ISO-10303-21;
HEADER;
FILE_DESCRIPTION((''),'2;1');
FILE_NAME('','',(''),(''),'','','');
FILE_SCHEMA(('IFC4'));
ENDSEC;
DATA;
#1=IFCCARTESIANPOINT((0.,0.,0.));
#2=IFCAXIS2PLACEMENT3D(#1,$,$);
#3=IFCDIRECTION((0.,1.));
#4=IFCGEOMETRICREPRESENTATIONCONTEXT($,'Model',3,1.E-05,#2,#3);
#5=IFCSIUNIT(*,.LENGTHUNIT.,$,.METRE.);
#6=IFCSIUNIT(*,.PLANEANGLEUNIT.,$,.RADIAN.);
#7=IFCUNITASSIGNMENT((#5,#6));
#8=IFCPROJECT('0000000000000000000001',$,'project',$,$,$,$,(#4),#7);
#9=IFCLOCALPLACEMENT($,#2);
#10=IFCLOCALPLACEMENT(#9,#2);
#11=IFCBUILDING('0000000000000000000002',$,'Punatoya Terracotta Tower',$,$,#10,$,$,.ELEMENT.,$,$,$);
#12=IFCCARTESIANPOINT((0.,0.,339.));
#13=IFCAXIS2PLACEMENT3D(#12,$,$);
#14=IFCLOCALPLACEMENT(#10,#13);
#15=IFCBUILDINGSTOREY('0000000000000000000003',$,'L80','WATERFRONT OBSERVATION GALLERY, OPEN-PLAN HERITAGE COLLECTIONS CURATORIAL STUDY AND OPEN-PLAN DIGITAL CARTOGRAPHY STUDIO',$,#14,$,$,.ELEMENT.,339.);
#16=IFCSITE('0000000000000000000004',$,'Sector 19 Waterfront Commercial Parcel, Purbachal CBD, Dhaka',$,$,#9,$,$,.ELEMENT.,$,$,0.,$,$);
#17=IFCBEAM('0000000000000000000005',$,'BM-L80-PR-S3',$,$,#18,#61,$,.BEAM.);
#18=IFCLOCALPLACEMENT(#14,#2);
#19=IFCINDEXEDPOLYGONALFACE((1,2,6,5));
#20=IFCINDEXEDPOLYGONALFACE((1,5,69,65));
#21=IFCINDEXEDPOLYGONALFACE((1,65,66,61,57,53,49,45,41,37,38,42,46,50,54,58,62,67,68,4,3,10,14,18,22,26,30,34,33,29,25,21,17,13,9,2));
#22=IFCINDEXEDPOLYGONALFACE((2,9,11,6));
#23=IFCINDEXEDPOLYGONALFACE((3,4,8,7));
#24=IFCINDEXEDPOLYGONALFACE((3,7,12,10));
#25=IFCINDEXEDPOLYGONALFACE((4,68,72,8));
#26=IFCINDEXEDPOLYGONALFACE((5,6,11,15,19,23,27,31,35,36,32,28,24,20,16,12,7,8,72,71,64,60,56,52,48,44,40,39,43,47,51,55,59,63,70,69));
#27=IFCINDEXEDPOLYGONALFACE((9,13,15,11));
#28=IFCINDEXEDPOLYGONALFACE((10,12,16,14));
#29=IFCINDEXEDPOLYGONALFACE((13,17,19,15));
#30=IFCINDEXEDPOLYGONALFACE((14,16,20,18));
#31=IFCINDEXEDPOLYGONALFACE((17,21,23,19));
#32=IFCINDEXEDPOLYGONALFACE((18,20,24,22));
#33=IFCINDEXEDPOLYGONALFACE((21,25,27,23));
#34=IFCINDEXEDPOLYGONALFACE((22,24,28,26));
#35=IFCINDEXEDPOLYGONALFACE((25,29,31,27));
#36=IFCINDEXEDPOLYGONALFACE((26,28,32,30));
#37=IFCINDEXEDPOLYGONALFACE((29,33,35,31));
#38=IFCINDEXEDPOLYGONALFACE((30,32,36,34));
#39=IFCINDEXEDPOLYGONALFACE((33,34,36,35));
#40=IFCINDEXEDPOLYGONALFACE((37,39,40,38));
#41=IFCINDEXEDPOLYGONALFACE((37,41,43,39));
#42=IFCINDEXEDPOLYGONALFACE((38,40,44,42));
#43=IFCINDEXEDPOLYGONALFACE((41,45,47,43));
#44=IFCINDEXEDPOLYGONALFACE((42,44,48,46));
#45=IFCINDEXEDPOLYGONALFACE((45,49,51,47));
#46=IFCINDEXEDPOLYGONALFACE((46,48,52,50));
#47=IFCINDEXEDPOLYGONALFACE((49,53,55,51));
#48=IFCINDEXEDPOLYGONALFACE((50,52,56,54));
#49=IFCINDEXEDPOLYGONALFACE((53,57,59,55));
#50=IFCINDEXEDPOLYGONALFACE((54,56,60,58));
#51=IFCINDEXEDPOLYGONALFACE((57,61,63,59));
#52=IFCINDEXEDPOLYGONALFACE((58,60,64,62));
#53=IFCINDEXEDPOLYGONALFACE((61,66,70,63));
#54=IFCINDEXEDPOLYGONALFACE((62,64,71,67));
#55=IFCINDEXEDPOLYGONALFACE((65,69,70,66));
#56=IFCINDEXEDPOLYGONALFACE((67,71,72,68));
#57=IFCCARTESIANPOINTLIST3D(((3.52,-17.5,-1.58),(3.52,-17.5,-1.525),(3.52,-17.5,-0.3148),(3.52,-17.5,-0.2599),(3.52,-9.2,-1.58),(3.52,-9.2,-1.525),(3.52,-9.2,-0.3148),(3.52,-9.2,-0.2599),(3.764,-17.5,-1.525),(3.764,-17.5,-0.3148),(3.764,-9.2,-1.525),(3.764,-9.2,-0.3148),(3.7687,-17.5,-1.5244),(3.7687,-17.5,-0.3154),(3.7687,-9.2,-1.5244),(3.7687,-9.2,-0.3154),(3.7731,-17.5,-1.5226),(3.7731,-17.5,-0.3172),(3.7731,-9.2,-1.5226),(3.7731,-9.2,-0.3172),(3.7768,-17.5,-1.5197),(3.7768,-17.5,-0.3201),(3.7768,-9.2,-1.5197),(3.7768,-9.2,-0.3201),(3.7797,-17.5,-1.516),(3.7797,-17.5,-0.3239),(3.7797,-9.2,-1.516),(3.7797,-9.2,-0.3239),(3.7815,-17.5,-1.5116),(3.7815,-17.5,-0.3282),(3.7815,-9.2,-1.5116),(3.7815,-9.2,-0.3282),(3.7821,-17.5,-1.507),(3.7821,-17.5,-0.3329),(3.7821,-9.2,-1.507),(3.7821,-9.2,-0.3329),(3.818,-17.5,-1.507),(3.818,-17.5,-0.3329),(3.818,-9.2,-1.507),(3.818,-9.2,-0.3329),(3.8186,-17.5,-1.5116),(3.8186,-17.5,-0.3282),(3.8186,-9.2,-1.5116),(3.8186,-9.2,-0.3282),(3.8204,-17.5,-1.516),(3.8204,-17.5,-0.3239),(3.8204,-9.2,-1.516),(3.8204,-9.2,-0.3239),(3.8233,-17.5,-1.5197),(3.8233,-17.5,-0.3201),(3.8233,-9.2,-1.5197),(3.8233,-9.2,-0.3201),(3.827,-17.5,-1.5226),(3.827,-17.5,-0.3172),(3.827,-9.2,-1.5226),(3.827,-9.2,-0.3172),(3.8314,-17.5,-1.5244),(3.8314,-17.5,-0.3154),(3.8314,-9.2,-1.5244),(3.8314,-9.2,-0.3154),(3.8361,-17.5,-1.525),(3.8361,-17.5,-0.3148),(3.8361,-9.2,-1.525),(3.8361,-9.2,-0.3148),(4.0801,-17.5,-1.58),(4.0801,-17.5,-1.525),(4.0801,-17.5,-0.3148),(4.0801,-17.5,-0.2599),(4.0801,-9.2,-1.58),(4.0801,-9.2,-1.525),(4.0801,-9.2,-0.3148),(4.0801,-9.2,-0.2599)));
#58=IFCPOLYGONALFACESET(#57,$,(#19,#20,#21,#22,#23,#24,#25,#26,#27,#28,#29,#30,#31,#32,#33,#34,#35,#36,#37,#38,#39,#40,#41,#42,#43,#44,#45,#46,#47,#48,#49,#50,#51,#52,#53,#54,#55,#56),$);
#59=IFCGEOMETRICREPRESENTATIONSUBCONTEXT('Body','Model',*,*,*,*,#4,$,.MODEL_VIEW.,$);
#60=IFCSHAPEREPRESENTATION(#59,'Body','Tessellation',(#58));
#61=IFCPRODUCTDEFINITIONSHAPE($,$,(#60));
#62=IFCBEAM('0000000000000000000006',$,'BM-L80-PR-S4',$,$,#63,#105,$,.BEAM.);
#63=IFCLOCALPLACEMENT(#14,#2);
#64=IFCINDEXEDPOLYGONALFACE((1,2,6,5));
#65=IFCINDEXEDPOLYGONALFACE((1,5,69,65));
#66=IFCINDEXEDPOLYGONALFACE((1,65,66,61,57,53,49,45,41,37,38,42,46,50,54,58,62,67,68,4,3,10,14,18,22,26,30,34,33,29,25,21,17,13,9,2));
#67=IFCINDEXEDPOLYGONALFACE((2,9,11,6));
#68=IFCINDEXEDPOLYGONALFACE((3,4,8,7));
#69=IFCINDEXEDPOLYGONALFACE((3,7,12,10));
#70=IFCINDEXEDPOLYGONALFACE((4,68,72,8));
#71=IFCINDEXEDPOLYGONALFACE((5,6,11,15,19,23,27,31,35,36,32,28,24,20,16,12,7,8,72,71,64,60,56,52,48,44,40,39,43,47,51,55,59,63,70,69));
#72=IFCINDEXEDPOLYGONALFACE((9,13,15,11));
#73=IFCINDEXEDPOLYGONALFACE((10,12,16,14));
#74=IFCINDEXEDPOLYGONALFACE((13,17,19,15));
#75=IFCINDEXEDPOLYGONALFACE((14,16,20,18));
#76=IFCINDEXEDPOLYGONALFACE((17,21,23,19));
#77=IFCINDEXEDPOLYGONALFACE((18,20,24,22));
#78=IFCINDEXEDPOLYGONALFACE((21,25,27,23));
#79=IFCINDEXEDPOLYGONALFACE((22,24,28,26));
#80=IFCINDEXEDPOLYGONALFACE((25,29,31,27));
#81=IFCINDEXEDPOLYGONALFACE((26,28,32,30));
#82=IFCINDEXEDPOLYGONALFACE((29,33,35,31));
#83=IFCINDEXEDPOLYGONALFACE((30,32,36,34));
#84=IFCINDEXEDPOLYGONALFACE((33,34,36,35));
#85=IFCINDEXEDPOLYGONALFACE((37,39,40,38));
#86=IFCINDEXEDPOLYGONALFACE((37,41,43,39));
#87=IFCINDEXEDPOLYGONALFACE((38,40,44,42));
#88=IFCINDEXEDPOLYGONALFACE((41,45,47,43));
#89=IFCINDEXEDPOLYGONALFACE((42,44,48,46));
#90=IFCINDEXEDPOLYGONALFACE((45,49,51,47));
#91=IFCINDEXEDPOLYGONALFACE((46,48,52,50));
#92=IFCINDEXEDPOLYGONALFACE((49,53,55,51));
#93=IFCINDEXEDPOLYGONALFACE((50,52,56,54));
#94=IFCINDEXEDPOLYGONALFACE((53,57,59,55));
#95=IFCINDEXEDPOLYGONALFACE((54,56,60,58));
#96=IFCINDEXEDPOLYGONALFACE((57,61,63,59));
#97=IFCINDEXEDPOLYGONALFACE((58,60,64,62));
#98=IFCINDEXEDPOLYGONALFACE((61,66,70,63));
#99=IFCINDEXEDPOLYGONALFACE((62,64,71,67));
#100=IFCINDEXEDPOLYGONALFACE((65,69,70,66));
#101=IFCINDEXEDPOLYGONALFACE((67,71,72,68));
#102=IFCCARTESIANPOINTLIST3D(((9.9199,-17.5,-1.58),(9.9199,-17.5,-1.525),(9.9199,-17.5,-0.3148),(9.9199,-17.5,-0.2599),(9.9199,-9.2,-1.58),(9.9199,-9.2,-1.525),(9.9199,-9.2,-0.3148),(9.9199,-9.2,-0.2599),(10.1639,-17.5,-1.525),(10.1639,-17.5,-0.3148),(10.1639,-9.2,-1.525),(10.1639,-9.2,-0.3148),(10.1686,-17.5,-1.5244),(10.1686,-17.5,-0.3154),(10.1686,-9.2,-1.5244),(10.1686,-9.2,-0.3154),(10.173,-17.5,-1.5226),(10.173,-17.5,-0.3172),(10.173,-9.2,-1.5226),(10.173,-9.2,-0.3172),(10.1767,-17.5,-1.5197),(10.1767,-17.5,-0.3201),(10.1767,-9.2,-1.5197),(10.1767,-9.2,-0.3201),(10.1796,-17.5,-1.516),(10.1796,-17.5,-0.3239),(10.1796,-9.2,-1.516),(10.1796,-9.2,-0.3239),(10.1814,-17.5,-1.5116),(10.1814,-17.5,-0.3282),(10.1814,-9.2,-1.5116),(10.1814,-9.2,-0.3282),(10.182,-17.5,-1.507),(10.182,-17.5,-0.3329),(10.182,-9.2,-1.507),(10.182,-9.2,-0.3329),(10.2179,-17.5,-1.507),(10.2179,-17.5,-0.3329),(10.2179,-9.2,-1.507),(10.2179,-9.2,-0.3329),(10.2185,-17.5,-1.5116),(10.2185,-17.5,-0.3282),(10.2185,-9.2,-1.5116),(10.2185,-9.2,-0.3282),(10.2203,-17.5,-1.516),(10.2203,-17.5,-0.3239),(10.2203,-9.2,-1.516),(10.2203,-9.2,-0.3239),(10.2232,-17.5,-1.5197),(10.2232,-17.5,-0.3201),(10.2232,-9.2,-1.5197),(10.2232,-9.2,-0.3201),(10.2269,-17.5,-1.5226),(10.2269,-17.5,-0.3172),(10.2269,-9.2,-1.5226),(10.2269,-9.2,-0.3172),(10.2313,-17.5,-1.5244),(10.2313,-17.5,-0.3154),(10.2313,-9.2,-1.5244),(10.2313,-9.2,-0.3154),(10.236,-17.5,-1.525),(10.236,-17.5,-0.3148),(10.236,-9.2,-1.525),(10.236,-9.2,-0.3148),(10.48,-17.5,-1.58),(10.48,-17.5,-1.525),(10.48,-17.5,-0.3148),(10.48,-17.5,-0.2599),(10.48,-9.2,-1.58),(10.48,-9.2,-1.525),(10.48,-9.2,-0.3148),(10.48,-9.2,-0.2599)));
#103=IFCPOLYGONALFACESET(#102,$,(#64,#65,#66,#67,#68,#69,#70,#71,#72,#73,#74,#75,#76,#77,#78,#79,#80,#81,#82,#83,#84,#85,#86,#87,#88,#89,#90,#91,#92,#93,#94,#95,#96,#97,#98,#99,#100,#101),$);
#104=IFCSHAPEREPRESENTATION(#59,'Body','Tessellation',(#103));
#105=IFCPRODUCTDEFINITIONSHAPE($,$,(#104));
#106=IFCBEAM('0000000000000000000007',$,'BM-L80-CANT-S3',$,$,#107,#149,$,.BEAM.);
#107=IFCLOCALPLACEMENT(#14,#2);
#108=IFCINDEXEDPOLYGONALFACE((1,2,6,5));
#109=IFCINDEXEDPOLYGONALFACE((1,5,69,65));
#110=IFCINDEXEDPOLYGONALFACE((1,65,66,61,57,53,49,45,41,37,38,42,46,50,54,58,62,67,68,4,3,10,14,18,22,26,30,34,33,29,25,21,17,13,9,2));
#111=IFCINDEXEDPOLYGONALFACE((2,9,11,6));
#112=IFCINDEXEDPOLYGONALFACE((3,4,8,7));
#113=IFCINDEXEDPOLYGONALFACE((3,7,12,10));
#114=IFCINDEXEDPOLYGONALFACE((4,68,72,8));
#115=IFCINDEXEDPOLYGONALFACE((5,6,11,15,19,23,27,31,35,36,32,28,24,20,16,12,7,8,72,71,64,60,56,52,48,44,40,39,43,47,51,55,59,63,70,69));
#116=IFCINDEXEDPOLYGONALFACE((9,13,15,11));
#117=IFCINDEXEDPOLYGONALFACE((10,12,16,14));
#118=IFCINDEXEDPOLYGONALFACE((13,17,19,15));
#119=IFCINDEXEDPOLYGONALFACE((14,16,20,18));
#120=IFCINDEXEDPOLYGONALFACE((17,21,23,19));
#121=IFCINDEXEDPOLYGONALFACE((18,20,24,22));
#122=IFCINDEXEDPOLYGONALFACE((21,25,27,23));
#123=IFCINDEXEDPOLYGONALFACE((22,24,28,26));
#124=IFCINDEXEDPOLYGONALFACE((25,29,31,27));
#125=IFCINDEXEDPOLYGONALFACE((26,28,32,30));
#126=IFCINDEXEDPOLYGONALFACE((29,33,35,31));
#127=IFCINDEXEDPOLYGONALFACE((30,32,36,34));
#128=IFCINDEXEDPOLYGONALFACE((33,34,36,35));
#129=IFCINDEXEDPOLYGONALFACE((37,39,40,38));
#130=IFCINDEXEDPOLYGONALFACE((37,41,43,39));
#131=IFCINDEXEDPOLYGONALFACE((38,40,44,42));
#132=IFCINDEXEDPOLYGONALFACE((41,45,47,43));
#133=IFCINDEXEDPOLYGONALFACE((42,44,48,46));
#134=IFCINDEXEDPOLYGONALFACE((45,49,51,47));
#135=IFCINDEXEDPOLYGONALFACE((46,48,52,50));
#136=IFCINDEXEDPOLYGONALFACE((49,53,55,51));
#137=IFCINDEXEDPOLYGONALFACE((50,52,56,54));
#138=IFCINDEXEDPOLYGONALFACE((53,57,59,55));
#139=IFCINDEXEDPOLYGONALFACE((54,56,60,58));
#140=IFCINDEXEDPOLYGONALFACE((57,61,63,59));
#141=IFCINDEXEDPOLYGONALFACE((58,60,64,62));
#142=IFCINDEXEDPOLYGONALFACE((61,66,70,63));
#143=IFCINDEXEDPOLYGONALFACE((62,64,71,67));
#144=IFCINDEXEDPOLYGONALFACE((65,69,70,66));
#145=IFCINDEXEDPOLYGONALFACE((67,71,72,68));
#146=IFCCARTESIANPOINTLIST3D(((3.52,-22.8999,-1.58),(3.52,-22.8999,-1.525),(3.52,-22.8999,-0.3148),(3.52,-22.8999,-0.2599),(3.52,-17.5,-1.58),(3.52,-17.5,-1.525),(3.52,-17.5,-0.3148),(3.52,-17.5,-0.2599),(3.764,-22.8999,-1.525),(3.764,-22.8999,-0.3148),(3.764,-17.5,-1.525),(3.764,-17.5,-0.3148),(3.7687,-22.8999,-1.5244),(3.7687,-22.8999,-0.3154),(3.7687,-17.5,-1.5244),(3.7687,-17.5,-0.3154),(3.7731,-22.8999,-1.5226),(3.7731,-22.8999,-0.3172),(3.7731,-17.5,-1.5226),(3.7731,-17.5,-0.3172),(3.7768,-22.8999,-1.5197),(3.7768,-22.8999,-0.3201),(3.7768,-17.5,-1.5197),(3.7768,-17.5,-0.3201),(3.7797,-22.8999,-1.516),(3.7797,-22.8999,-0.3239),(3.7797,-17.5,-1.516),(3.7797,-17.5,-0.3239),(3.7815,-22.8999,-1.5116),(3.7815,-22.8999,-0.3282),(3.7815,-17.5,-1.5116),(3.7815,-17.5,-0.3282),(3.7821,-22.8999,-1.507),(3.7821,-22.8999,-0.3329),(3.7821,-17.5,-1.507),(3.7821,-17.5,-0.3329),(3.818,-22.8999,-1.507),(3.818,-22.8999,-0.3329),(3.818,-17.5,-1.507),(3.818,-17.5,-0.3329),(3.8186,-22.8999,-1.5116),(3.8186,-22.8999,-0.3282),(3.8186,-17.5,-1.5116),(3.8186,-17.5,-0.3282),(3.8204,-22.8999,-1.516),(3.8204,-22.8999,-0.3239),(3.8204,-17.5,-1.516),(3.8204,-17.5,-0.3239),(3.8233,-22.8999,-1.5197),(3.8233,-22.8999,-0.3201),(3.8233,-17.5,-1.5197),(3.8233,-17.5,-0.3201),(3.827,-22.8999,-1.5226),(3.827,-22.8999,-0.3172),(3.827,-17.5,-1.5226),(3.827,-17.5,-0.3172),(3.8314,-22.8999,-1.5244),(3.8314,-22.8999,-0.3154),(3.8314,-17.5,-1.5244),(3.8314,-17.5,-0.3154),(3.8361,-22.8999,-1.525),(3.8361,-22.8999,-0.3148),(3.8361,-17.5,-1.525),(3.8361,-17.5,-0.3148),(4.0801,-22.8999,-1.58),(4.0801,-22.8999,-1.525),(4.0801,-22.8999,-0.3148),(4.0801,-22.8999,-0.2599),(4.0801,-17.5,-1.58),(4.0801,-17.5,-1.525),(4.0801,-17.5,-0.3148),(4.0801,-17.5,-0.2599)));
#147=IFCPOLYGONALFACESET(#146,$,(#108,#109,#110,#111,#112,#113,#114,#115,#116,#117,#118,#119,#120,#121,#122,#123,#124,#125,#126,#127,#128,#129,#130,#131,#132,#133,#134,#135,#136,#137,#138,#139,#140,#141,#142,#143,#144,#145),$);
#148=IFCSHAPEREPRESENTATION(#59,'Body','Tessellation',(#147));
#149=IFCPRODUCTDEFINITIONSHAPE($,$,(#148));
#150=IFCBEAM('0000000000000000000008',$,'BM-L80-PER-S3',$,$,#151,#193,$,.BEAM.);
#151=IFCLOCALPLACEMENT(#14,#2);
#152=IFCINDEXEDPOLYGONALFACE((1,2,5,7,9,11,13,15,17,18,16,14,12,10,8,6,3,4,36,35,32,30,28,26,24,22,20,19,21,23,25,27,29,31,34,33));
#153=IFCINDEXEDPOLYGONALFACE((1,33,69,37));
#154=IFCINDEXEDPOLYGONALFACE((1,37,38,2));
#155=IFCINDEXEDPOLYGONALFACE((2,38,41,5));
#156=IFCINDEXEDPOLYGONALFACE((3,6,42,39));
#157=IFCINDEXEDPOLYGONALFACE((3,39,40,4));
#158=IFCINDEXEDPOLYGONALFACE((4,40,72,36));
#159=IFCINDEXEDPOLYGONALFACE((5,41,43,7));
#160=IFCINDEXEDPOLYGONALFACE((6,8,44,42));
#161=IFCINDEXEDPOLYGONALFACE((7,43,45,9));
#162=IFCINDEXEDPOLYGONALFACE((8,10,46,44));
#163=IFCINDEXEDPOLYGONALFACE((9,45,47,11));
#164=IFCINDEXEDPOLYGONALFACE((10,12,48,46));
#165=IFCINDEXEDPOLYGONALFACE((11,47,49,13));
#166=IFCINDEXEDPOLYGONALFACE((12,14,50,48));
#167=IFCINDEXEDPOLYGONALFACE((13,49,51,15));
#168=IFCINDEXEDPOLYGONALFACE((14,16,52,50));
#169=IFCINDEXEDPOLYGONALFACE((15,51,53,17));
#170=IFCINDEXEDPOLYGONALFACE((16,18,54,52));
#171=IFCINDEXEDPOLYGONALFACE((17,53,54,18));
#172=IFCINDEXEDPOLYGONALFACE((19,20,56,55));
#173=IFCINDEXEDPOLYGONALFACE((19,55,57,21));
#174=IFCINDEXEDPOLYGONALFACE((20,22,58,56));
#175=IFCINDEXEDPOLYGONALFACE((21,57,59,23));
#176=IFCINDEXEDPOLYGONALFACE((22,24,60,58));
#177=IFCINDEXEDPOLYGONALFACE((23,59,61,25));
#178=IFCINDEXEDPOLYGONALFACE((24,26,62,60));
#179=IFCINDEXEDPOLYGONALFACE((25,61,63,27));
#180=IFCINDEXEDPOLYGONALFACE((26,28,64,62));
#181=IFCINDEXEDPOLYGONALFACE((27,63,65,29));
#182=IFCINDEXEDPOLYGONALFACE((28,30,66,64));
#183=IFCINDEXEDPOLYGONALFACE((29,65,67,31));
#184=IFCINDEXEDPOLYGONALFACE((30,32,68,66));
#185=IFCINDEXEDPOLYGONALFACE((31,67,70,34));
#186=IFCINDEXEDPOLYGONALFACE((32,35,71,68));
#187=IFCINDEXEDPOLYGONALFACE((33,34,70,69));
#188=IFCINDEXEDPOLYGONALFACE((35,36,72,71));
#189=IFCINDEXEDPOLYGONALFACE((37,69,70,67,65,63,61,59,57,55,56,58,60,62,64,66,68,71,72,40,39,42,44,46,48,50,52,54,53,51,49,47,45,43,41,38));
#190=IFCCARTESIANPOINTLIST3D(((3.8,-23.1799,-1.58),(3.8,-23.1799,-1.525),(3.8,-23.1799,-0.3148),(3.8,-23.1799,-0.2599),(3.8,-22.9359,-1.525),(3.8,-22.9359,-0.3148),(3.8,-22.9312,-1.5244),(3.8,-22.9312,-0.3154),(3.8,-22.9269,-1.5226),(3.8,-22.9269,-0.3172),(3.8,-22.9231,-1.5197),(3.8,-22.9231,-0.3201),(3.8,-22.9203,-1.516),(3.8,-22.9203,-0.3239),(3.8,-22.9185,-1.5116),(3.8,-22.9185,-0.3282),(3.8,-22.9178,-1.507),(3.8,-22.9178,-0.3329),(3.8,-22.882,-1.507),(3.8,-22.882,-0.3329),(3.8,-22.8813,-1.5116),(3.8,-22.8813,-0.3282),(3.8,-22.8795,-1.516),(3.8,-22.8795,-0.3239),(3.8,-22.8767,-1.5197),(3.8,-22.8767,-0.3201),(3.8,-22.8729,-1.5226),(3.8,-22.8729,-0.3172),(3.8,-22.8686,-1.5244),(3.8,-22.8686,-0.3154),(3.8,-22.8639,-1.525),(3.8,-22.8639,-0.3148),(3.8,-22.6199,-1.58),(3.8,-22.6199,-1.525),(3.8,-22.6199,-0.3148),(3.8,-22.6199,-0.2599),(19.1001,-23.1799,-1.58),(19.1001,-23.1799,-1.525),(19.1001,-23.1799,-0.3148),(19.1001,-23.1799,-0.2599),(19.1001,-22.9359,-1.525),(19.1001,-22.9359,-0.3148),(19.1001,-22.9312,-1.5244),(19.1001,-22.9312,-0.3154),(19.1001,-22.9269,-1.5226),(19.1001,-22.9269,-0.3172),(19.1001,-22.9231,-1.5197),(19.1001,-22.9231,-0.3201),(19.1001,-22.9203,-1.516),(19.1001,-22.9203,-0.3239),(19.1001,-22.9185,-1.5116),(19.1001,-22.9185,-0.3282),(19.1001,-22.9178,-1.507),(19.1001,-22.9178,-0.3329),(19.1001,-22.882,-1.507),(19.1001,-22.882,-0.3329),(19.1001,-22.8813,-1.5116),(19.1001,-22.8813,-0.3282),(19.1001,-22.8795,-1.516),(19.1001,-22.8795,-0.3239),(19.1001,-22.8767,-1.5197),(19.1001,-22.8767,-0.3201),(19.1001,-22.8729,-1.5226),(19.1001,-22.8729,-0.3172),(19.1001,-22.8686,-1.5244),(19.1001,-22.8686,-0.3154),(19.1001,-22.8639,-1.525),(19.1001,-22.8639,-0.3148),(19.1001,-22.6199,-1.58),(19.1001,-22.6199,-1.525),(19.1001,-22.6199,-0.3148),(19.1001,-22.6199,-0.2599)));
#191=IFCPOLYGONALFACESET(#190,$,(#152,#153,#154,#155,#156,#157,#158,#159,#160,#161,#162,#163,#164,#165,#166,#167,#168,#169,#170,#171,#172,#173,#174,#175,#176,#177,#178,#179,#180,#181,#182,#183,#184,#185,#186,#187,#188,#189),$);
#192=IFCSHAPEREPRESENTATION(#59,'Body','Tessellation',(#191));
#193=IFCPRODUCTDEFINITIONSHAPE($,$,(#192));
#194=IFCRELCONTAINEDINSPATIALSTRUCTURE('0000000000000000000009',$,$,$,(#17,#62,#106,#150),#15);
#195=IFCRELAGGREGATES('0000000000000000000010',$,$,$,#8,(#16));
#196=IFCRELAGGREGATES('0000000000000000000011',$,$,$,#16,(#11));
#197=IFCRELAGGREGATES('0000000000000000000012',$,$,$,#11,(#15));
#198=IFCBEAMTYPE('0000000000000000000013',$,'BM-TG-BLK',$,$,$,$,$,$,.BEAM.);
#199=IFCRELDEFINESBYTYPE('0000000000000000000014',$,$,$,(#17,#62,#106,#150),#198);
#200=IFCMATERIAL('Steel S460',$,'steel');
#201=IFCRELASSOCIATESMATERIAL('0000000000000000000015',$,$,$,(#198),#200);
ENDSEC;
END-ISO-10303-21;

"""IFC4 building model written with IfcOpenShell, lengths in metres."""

from ifc_helpers import new_model, si_unit, direction, frame, origin, origin_2d, place, context, subcontext, project, spatial, i_section, extrude, material, material_profile, profile_set, type_object, element, save


model = new_model("IFC4")

# Units and contexts
model_context = context("Model", 3, precision=1e-05, world=origin(), true_north=direction((0.0, 1.0)))
body_context = subcontext(model_context, "Body", "Model", "MODEL_VIEW")
ifc_project = project(units=[si_unit("LENGTHUNIT", "METRE"), si_unit("PLANEANGLEUNIT", "RADIAN")], contexts=[model_context])

# Site, building, storey
site_placement = place(None, origin())
site = spatial("IfcSite", under=ifc_project, at=site_placement, Name="Sector 19 Waterfront Commercial Parcel, Purbachal CBD, Dhaka", CompositionType="ELEMENT", RefElevation=0.0)
building_placement = place(site_placement, origin())
building = spatial("IfcBuilding", under=site, at=building_placement, Name="Punatoya Terracotta Tower", CompositionType="ELEMENT")
storey_placement = place(building_placement, frame((0.0, 0.0, 339.0)))
storey = spatial("IfcBuildingStorey", under=building, at=storey_placement, Name="L80", Description="WATERFRONT OBSERVATION GALLERY, OPEN-PLAN HERITAGE COLLECTIONS CURATORIAL STUDY AND OPEN-PLAN DIGITAL CARTOGRAPHY STUDIO", CompositionType="ELEMENT", Elevation=339.0)

# Shared definitions
ifc_material_1 = material(Name="Steel S460", Category="steel")

# Beams
ifc_material_profile_1 = material_profile(ifc_material_1, i_section(OverallWidth=0.5601, OverallDepth=1.3201, WebThickness=0.0359, FlangeThickness=0.0549, FilletRadius=0.0181, at=origin_2d()))
ifc_profile_set_1 = profile_set([ifc_material_profile_1], Name="Steel S460")
beam_type_1 = type_object("IfcBeamType", Name="BM-TG-BLK", PredefinedType="BEAM", material=ifc_profile_set_1)
for number, where, z_axis, x_axis, name in (
    (1, (3.8, -17.5, -0.9199), (0.0, 1.0, 0.0), (-1.0, 0.0, 0.0), "BM-L80-PR-S3"),
    (2, (10.2, -17.5, -0.9199), (0.0, 1.0, 0.0), (-1.0, 0.0, 0.0), "BM-L80-PR-S4"),
):
    element("IfcBeam", number, at=place(storey_placement, frame(where, z_axis=z_axis, x_axis=x_axis)), inside=storey, type_object=beam_type_1, Name=name, PredefinedType="BEAM", context=body_context, shape_type="SweptSolid", body=[
        extrude(i_section(OverallWidth=0.5601, OverallDepth=1.3201, WebThickness=0.0359, FlangeThickness=0.0549, FilletRadius=0.0181, at=origin_2d()), origin(), (0.0, 0.0, 1.0), 8.3),
    ])
beam_1_placement = place(storey_placement, frame((3.8, -22.8999, -0.9199), z_axis=(0.0, 1.0, 0.0), x_axis=(-1.0, 0.0, 0.0)))
element("IfcBeam", 3, at=beam_1_placement, inside=storey, type_object=beam_type_1, Name="BM-L80-CANT-S3", PredefinedType="BEAM", context=body_context, shape_type="SweptSolid", body=[
    extrude(i_section(OverallWidth=0.5601, OverallDepth=1.3201, WebThickness=0.0359, FlangeThickness=0.0549, FilletRadius=0.0181, at=origin_2d()), origin(), (0.0, 0.0, 1.0), 5.3999),
])
beam_2_placement = place(storey_placement, frame((3.8, -22.8999, -0.9199), z_axis=(1.0, 0.0, 0.0), x_axis=(0.0, 1.0, 0.0)))
element("IfcBeam", 4, at=beam_2_placement, inside=storey, type_object=beam_type_1, Name="BM-L80-PER-S3", PredefinedType="BEAM", context=body_context, shape_type="SweptSolid", body=[
    extrude(i_section(OverallWidth=0.5601, OverallDepth=1.3201, WebThickness=0.0359, FlangeThickness=0.0549, FilletRadius=0.0181, at=origin_2d()), origin(), (0.0, 0.0, 1.0), 15.3),
])

save(model, "model.ifc")
